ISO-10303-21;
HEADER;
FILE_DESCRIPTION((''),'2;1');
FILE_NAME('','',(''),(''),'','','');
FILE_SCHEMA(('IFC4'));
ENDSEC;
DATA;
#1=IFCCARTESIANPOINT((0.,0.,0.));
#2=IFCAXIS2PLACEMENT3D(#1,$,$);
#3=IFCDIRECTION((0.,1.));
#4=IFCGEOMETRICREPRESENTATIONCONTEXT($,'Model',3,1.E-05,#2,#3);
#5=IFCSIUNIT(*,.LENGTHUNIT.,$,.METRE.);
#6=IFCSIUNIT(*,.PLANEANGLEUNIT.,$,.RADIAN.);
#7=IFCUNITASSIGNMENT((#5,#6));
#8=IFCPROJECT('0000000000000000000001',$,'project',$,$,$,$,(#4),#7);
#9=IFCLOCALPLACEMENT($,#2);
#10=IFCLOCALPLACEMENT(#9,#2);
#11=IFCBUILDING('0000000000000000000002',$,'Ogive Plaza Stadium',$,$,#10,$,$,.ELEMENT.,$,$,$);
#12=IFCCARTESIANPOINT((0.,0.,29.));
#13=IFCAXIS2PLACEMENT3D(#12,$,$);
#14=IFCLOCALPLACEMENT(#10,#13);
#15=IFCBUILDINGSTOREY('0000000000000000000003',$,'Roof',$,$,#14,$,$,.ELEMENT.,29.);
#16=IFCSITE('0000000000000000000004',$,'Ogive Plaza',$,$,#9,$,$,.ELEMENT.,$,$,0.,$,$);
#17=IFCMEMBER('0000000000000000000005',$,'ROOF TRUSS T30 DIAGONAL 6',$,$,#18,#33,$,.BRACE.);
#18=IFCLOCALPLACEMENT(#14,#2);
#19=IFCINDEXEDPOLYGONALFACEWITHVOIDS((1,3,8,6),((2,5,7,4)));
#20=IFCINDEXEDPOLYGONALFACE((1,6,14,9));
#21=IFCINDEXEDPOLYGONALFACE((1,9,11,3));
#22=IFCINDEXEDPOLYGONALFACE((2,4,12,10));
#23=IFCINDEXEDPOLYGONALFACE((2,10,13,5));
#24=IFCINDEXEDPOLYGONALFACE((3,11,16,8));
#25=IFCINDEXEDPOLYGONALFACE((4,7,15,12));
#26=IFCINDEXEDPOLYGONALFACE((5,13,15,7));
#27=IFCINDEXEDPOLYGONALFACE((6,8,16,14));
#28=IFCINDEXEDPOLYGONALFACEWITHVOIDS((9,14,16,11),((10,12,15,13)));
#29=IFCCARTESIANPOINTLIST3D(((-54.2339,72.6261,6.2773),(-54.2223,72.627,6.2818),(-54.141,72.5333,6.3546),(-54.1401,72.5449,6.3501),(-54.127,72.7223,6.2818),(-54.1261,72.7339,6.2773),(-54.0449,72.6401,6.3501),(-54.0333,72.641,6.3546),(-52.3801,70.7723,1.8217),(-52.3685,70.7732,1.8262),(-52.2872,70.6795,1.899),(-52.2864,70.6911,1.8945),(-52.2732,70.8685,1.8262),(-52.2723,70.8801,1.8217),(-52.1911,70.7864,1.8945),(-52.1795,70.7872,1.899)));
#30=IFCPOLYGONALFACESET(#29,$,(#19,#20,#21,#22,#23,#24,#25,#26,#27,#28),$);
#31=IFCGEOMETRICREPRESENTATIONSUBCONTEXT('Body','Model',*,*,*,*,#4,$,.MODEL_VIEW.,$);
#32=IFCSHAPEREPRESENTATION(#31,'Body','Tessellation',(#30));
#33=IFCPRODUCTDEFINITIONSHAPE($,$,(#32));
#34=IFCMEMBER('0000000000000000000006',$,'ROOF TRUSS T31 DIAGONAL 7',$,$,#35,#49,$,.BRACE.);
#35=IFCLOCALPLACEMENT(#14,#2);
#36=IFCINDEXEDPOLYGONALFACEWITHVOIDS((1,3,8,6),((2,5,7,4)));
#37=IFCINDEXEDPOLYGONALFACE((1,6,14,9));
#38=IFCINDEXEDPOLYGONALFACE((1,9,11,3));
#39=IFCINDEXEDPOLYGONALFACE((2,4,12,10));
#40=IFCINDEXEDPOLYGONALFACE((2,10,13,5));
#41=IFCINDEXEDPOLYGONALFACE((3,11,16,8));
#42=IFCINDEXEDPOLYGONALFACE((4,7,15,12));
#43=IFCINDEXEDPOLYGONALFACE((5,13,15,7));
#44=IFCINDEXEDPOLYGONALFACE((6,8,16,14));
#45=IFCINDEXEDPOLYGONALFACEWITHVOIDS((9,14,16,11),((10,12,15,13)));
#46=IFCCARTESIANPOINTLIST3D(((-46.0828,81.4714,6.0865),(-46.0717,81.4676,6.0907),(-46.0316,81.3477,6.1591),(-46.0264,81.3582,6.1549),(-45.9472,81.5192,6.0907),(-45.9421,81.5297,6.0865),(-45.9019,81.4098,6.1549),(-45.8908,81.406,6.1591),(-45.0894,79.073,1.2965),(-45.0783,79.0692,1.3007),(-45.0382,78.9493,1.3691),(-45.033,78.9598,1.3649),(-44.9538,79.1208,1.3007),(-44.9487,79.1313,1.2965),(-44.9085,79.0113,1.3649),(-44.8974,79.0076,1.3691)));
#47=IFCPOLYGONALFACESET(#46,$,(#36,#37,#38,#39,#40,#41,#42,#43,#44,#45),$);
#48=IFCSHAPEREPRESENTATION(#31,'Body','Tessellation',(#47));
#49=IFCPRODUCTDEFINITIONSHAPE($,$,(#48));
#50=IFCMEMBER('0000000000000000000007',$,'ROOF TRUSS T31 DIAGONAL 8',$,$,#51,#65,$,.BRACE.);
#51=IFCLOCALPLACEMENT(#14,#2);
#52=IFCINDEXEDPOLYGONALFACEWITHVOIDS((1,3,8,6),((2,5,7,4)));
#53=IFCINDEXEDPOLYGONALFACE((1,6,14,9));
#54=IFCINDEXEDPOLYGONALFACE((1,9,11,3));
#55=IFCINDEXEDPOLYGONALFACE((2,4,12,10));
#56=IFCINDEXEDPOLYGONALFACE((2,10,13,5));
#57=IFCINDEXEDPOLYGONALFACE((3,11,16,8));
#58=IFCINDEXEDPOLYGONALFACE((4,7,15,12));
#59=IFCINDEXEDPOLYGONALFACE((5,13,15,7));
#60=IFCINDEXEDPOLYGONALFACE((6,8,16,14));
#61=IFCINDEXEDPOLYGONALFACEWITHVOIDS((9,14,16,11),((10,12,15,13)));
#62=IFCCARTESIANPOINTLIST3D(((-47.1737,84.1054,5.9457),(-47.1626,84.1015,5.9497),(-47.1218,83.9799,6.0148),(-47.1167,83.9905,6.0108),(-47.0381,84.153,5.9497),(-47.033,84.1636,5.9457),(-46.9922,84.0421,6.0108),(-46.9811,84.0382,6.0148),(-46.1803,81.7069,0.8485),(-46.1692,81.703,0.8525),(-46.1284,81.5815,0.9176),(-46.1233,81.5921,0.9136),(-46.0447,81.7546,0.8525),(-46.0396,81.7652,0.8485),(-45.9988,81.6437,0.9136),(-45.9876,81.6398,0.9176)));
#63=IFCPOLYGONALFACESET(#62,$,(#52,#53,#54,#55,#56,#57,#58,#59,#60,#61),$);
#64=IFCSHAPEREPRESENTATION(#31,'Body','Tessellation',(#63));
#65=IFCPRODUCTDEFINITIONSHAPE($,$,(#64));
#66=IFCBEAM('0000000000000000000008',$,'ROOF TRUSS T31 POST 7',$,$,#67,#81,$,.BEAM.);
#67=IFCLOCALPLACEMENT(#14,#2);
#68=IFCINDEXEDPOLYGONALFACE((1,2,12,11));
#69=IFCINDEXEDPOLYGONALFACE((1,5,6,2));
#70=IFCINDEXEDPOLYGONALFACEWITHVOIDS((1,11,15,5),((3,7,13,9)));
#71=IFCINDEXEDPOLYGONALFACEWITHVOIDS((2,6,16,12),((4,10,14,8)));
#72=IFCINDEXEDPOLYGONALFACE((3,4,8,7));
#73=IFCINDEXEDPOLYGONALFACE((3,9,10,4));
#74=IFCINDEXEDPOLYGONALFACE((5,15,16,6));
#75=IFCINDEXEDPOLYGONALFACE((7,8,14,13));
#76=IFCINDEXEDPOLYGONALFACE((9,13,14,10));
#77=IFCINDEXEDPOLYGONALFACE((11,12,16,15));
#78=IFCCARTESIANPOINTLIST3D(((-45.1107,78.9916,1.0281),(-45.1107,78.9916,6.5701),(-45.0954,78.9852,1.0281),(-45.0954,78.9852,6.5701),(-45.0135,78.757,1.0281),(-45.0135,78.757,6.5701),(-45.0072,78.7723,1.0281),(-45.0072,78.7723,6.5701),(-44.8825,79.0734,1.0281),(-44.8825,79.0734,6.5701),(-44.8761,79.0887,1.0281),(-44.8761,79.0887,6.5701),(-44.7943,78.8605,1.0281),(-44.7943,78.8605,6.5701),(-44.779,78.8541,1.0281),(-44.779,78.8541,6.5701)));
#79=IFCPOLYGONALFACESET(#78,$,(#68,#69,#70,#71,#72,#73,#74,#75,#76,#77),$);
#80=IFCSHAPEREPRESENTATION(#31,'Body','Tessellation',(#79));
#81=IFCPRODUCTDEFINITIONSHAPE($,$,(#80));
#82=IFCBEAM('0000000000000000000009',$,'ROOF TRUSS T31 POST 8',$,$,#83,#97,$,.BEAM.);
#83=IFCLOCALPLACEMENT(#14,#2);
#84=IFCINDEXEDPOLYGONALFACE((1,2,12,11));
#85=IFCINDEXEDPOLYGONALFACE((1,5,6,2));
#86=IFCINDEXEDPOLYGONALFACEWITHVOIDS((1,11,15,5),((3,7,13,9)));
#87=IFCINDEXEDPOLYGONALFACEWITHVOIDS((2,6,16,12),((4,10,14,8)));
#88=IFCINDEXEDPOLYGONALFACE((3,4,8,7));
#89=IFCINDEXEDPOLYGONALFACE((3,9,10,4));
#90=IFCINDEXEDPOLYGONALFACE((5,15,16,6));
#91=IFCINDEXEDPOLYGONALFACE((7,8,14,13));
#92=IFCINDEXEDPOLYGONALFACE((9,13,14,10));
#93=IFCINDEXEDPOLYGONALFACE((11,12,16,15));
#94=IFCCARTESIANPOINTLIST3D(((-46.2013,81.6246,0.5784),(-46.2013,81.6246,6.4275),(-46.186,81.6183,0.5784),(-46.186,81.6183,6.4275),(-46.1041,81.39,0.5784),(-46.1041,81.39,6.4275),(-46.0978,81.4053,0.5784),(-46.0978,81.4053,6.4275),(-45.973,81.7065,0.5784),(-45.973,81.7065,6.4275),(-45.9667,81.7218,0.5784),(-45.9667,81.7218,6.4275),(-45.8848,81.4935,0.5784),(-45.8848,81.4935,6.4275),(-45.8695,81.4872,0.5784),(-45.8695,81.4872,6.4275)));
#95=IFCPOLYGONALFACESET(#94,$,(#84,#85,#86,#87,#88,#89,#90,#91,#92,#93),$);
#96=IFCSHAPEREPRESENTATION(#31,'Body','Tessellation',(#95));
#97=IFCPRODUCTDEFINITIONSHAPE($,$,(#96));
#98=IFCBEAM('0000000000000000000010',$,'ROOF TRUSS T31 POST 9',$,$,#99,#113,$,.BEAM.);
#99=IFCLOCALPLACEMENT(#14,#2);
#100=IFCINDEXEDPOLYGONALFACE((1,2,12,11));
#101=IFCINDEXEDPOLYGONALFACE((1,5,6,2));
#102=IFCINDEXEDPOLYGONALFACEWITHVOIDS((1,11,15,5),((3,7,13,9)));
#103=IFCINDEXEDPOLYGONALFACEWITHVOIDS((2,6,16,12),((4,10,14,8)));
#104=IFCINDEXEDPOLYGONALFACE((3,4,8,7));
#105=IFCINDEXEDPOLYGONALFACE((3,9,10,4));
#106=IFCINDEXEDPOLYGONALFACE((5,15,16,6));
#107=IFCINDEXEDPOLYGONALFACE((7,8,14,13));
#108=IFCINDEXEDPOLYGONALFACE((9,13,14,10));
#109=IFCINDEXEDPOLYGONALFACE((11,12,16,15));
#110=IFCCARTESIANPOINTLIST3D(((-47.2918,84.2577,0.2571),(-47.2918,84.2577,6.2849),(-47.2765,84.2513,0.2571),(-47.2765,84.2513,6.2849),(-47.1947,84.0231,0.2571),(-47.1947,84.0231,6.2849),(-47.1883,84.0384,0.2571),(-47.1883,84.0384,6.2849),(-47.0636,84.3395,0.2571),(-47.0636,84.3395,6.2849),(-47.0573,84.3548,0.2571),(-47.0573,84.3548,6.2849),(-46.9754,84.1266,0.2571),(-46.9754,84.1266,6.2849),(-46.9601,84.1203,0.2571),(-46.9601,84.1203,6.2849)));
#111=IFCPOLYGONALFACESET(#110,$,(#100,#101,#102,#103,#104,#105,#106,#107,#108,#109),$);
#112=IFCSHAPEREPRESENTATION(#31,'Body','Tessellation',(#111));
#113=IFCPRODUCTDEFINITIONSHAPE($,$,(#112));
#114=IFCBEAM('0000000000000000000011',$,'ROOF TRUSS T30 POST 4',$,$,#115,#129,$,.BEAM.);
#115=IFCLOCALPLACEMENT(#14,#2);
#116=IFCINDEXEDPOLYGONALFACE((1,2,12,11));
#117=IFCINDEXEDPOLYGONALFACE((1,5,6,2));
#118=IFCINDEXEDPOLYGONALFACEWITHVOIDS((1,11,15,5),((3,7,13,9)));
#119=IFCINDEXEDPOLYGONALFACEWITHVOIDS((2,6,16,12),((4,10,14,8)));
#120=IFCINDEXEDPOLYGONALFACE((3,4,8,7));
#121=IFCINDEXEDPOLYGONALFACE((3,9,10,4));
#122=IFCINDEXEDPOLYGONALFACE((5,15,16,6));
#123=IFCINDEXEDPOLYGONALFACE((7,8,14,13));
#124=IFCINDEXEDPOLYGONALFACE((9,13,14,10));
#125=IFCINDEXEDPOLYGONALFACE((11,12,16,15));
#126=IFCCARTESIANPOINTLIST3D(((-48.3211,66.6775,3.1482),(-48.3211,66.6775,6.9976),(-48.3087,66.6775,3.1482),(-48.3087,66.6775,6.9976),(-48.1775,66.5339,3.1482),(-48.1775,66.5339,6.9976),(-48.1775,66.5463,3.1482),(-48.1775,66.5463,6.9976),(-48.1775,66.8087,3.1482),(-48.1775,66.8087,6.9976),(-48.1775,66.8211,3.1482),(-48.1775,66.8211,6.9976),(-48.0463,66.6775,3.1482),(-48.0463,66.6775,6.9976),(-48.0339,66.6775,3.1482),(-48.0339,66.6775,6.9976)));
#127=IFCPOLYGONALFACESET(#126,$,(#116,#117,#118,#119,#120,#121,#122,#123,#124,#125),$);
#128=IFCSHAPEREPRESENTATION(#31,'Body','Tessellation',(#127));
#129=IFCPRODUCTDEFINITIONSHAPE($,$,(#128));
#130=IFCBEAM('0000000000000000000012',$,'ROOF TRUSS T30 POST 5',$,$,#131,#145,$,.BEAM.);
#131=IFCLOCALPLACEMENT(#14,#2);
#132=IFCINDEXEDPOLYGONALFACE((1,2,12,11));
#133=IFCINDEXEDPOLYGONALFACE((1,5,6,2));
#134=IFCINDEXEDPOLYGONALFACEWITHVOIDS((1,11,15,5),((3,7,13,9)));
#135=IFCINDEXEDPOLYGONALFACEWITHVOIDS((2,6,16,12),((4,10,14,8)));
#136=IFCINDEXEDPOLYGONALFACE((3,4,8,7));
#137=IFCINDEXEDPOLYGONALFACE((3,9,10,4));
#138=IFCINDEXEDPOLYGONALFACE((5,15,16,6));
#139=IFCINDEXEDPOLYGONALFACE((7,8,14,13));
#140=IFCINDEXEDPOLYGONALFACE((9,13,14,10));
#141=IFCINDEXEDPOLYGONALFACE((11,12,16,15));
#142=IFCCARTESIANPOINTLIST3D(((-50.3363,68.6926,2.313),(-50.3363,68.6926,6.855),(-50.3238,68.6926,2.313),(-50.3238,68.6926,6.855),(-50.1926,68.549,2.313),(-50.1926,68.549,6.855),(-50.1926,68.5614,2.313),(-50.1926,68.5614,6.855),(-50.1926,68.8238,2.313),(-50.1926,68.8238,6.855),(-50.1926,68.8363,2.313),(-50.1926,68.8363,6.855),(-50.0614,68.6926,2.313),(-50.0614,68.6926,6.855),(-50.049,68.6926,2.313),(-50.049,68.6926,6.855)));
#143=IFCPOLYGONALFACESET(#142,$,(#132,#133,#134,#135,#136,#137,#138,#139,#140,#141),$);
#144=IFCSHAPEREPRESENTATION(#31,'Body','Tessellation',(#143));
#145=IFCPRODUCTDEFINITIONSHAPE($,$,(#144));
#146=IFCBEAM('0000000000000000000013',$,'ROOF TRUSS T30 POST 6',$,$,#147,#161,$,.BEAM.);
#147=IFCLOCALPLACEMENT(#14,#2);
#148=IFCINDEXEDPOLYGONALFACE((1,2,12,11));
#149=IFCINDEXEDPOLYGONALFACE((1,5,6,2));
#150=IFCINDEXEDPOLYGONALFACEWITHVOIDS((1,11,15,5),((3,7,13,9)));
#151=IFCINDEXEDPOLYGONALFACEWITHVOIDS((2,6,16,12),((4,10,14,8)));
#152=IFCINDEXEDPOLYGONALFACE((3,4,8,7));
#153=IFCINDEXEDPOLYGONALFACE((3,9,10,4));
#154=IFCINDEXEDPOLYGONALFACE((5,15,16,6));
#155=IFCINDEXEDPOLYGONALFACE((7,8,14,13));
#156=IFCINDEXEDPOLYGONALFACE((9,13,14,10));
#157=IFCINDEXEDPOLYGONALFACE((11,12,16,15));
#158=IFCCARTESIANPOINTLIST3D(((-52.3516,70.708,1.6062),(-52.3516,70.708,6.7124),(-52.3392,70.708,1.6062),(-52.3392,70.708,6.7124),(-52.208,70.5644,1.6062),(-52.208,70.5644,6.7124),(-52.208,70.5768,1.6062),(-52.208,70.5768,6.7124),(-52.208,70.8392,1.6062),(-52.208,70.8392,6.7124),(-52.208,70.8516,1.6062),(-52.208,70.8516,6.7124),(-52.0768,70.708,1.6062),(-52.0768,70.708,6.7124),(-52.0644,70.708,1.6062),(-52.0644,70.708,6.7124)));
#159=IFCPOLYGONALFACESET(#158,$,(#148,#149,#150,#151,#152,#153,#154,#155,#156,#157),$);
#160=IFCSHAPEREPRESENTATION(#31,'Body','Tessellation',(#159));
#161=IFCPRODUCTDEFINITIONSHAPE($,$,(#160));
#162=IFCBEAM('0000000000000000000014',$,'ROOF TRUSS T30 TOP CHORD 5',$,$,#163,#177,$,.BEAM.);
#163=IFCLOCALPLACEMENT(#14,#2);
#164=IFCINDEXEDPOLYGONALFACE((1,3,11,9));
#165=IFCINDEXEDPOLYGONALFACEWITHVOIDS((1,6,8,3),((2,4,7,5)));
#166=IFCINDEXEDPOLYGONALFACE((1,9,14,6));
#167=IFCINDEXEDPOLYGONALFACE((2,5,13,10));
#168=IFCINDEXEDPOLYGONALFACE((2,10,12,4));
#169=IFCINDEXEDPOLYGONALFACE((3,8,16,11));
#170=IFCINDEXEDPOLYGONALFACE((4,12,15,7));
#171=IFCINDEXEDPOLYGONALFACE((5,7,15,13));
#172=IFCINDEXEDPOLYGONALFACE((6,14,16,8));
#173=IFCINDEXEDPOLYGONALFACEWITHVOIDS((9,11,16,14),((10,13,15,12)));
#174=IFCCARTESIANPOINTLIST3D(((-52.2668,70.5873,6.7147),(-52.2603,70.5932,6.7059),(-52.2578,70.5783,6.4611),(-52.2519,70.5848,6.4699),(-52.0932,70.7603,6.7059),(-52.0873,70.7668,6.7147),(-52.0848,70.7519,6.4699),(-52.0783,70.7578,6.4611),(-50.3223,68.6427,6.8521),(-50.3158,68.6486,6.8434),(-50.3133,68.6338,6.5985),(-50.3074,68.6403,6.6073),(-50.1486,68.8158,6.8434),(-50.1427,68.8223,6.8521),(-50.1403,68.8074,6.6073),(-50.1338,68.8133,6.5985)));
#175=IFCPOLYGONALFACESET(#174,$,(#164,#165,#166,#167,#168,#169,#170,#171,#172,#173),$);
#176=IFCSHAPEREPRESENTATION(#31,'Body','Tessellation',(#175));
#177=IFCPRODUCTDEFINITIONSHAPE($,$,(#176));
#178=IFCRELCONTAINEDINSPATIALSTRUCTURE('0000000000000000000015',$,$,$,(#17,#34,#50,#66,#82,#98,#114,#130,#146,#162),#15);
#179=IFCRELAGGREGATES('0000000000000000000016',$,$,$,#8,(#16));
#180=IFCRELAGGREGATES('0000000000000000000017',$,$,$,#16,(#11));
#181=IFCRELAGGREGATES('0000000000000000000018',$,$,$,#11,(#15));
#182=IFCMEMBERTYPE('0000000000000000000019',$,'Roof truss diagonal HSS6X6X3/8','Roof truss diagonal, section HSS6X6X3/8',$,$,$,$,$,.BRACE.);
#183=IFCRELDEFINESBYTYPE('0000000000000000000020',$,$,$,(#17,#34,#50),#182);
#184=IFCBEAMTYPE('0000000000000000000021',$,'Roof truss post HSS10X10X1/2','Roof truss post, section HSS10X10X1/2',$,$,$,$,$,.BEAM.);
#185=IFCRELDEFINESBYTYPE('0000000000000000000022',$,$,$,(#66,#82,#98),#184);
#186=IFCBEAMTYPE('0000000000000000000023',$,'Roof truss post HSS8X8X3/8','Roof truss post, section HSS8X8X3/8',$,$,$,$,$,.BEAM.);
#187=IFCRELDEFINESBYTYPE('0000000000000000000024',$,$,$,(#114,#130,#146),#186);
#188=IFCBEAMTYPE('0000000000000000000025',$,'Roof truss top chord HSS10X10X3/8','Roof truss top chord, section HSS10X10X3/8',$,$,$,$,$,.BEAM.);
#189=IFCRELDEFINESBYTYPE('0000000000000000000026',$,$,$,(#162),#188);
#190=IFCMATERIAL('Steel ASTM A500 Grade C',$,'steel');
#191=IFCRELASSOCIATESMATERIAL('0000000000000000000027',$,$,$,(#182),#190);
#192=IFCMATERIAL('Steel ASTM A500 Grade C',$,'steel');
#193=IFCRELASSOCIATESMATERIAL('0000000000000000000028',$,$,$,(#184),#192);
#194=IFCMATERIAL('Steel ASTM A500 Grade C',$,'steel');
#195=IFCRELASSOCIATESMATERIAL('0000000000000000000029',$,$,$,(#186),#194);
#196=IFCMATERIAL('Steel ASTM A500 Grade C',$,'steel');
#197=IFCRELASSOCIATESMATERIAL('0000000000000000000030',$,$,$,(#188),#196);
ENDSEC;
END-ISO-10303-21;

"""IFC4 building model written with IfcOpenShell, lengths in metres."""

from ifc_helpers import new_model, si_unit, direction, frame, origin, origin_2d, place, context, subcontext, project, spatial, hollow_rectangle, extrude, material, material_profile, profile_set, type_object, element, save


model = new_model("IFC4")

# Units and contexts
model_context = context("Model", 3, precision=1e-05, world=origin(), true_north=direction((0.0, 1.0)))
body_context = subcontext(model_context, "Body", "Model", "MODEL_VIEW")
ifc_project = project(units=[si_unit("LENGTHUNIT", "METRE"), si_unit("PLANEANGLEUNIT", "RADIAN")], contexts=[model_context])

# Site, building, storey
site_placement = place(None, origin())
site = spatial("IfcSite", under=ifc_project, at=site_placement, Name="Ogive Plaza", CompositionType="ELEMENT", RefElevation=0.0)
building_placement = place(site_placement, origin())
building = spatial("IfcBuilding", under=site, at=building_placement, Name="Ogive Plaza Stadium", CompositionType="ELEMENT")
storey_placement = place(building_placement, frame((0.0, 0.0, 29.0)))
storey = spatial("IfcBuildingStorey", under=building, at=storey_placement, Name="Roof", CompositionType="ELEMENT", Elevation=29.0)

# Members
ifc_material_1 = material(Name="Steel ASTM A500 Grade C", Category="steel")
ifc_material_profile_1 = material_profile(ifc_material_1, hollow_rectangle(XDim=0.1523, YDim=0.1523, WallThickness=0.0088, at=origin_2d()), Name="HSS6X6X3/8")
ifc_profile_set_1 = profile_set([ifc_material_profile_1], Name="Steel ASTM A500 Grade C")
member_type_1 = type_object("IfcMemberType", Name="Roof truss diagonal HSS6X6X3/8", Description="Roof truss diagonal, section HSS6X6X3/8", PredefinedType="BRACE", material=ifc_profile_set_1)
member_1_placement = place(storey_placement, frame((-52.2798, 70.7798, 1.8604), z_axis=(-0.358588, 0.358588, 0.861876), x_axis=(-0.707107, -0.707107, 0.0)))
element("IfcMember", 1, at=member_1_placement, inside=storey, type_object=member_type_1, Name="ROOF TRUSS T30 DIAGONAL 6", PredefinedType="BRACE", context=body_context, shape_type="SweptSolid", body=[
    extrude(hollow_rectangle(XDim=0.1523, YDim=0.1523, WallThickness=0.0088, at=origin_2d()), origin(), (0.0, 0.0, 1.0), 5.1697),
])
member_2_placement = place(storey_placement, frame((-44.9934, 79.0403, 1.3328), z_axis=(-0.182334, 0.440219, 0.879183), x_axis=(-0.923887, -0.382665, 0.0)))
element("IfcMember", 2, at=member_2_placement, inside=storey, type_object=member_type_1, Name="ROOF TRUSS T31 DIAGONAL 7", PredefinedType="BRACE", context=body_context, shape_type="SweptSolid", body=[
    extrude(hollow_rectangle(XDim=0.1523, YDim=0.1523, WallThickness=0.0088, at=origin_2d()), origin(), (0.0, 0.0, 1.0), 5.4482),
])
member_3_placement = place(storey_placement, frame((-46.084, 81.6733, 0.8831), z_axis=(-0.173667, 0.419294, 0.891085), x_axis=(-0.923887, -0.382665, 0.0)))
element("IfcMember", 3, at=member_3_placement, inside=storey, type_object=member_type_1, Name="ROOF TRUSS T31 DIAGONAL 8", PredefinedType="BRACE", context=body_context, shape_type="SweptSolid", body=[
    extrude(hollow_rectangle(XDim=0.1523, YDim=0.1523, WallThickness=0.0088, at=origin_2d()), origin(), (0.0, 0.0, 1.0), 5.7202),
])

# Beams
ifc_material_2 = material(Name="Steel ASTM A500 Grade C", Category="steel")
ifc_material_profile_2 = material_profile(ifc_material_2, hollow_rectangle(XDim=0.2539, YDim=0.2539, WallThickness=0.0117, at=origin_2d()), Name="HSS10X10X1/2")
ifc_profile_set_2 = profile_set([ifc_material_profile_2], Name="Steel ASTM A500 Grade C")
beam_type_1 = type_object("IfcBeamType", Name="Roof truss post HSS10X10X1/2", Description="Roof truss post, section HSS10X10X1/2", PredefinedType="BEAM", material=ifc_profile_set_2)
beam_1_placement = place(storey_placement, frame((-44.9448, 78.9229, 1.0281), z_axis=(0.0, 0.0, 1.0), x_axis=(-0.92388, -0.382683, 0.0)))
element("IfcBeam", 4, at=beam_1_placement, inside=storey, type_object=beam_type_1, Name="ROOF TRUSS T31 POST 7", PredefinedType="BEAM", context=body_context, shape_type="SweptSolid", body=[
    extrude(hollow_rectangle(XDim=0.2539, YDim=0.2539, WallThickness=0.0117, at=origin_2d()), origin(), (0.0, 0.0, 1.0), 5.542),
])
beam_2_placement = place(storey_placement, frame((-46.0354, 81.5559, 0.5784), z_axis=(0.0, 0.0, 1.0), x_axis=(-0.92388, -0.382683, 0.0)))
element("IfcBeam", 5, at=beam_2_placement, inside=storey, type_object=beam_type_1, Name="ROOF TRUSS T31 POST 8", PredefinedType="BEAM", context=body_context, shape_type="SweptSolid", body=[
    extrude(hollow_rectangle(XDim=0.2539, YDim=0.2539, WallThickness=0.0117, at=origin_2d()), origin(), (0.0, 0.0, 1.0), 5.8491),
])
beam_3_placement = place(storey_placement, frame((-47.126, 84.189, 0.2571), z_axis=(0.0, 0.0, 1.0), x_axis=(-0.92388, -0.382683, 0.0)))
element("IfcBeam", 6, at=beam_3_placement, inside=storey, type_object=beam_type_1, Name="ROOF TRUSS T31 POST 9", PredefinedType="BEAM", context=body_context, shape_type="SweptSolid", body=[
    extrude(hollow_rectangle(XDim=0.2539, YDim=0.2539, WallThickness=0.0117, at=origin_2d()), origin(), (0.0, 0.0, 1.0), 6.0278),
])
ifc_material_3 = material(Name="Steel ASTM A500 Grade C", Category="steel")
ifc_material_profile_3 = material_profile(ifc_material_3, hollow_rectangle(XDim=0.2031, YDim=0.2031, WallThickness=0.0088, at=origin_2d()), Name="HSS8X8X3/8")
ifc_profile_set_3 = profile_set([ifc_material_profile_3], Name="Steel ASTM A500 Grade C")
beam_type_2 = type_object("IfcBeamType", Name="Roof truss post HSS8X8X3/8", Description="Roof truss post, section HSS8X8X3/8", PredefinedType="BEAM", material=ifc_profile_set_3)
beam_4_placement = place(storey_placement, frame((-48.1775, 66.6775, 3.1482), z_axis=(0.0, 0.0, 1.0), x_axis=(-0.707107, -0.707107, 0.0)))
element("IfcBeam", 7, at=beam_4_placement, inside=storey, type_object=beam_type_2, Name="ROOF TRUSS T30 POST 4", PredefinedType="BEAM", context=body_context, shape_type="SweptSolid", body=[
    extrude(hollow_rectangle(XDim=0.2031, YDim=0.2031, WallThickness=0.0088, at=origin_2d()), origin(), (0.0, 0.0, 1.0), 3.8494),
])
beam_5_placement = place(storey_placement, frame((-50.1926, 68.6926, 2.313), z_axis=(0.0, 0.0, 1.0), x_axis=(-0.707107, -0.707107, 0.0)))
element("IfcBeam", 8, at=beam_5_placement, inside=storey, type_object=beam_type_2, Name="ROOF TRUSS T30 POST 5", PredefinedType="BEAM", context=body_context, shape_type="SweptSolid", body=[
    extrude(hollow_rectangle(XDim=0.2031, YDim=0.2031, WallThickness=0.0088, at=origin_2d()), origin(), (0.0, 0.0, 1.0), 4.542),
])
beam_6_placement = place(storey_placement, frame((-52.208, 70.708, 1.6062), z_axis=(0.0, 0.0, 1.0), x_axis=(-0.707107, -0.707107, 0.0)))
element("IfcBeam", 9, at=beam_6_placement, inside=storey, type_object=beam_type_2, Name="ROOF TRUSS T30 POST 6", PredefinedType="BEAM", context=body_context, shape_type="SweptSolid", body=[
    extrude(hollow_rectangle(XDim=0.2031, YDim=0.2031, WallThickness=0.0088, at=origin_2d()), origin(), (0.0, 0.0, 1.0), 5.1062),
])
ifc_material_4 = material(Name="Steel ASTM A500 Grade C", Category="steel")
ifc_material_profile_4 = material_profile(ifc_material_4, hollow_rectangle(XDim=0.2539, YDim=0.2539, WallThickness=0.0088, at=origin_2d()), Name="HSS10X10X3/8")
ifc_profile_set_4 = profile_set([ifc_material_profile_4], Name="Steel ASTM A500 Grade C")
beam_type_3 = type_object("IfcBeamType", Name="Roof truss top chord HSS10X10X3/8", Description="Roof truss top chord, section HSS10X10X3/8", PredefinedType="BEAM", material=ifc_profile_set_4)
for number, where, z_axis, x_axis, name in (
    (10, (-50.228, 68.728, 6.7253), (-0.706225, 0.706225, -0.049919), (-0.707107, -0.707107, 0.0), "ROOF TRUSS T30 TOP CHORD 5"),
):
    element("IfcBeam", number, at=place(storey_placement, frame(where, z_axis=z_axis, x_axis=x_axis)), inside=storey, type_object=beam_type_3, Name=name, PredefinedType="BEAM", context=body_context, shape_type="SweptSolid", body=[
        extrude(hollow_rectangle(XDim=0.2539, YDim=0.2539, WallThickness=0.0088, at=origin_2d()), origin(), (0.0, 0.0, 1.0), 2.7534),
    ])

save(model, "model.ifc")
